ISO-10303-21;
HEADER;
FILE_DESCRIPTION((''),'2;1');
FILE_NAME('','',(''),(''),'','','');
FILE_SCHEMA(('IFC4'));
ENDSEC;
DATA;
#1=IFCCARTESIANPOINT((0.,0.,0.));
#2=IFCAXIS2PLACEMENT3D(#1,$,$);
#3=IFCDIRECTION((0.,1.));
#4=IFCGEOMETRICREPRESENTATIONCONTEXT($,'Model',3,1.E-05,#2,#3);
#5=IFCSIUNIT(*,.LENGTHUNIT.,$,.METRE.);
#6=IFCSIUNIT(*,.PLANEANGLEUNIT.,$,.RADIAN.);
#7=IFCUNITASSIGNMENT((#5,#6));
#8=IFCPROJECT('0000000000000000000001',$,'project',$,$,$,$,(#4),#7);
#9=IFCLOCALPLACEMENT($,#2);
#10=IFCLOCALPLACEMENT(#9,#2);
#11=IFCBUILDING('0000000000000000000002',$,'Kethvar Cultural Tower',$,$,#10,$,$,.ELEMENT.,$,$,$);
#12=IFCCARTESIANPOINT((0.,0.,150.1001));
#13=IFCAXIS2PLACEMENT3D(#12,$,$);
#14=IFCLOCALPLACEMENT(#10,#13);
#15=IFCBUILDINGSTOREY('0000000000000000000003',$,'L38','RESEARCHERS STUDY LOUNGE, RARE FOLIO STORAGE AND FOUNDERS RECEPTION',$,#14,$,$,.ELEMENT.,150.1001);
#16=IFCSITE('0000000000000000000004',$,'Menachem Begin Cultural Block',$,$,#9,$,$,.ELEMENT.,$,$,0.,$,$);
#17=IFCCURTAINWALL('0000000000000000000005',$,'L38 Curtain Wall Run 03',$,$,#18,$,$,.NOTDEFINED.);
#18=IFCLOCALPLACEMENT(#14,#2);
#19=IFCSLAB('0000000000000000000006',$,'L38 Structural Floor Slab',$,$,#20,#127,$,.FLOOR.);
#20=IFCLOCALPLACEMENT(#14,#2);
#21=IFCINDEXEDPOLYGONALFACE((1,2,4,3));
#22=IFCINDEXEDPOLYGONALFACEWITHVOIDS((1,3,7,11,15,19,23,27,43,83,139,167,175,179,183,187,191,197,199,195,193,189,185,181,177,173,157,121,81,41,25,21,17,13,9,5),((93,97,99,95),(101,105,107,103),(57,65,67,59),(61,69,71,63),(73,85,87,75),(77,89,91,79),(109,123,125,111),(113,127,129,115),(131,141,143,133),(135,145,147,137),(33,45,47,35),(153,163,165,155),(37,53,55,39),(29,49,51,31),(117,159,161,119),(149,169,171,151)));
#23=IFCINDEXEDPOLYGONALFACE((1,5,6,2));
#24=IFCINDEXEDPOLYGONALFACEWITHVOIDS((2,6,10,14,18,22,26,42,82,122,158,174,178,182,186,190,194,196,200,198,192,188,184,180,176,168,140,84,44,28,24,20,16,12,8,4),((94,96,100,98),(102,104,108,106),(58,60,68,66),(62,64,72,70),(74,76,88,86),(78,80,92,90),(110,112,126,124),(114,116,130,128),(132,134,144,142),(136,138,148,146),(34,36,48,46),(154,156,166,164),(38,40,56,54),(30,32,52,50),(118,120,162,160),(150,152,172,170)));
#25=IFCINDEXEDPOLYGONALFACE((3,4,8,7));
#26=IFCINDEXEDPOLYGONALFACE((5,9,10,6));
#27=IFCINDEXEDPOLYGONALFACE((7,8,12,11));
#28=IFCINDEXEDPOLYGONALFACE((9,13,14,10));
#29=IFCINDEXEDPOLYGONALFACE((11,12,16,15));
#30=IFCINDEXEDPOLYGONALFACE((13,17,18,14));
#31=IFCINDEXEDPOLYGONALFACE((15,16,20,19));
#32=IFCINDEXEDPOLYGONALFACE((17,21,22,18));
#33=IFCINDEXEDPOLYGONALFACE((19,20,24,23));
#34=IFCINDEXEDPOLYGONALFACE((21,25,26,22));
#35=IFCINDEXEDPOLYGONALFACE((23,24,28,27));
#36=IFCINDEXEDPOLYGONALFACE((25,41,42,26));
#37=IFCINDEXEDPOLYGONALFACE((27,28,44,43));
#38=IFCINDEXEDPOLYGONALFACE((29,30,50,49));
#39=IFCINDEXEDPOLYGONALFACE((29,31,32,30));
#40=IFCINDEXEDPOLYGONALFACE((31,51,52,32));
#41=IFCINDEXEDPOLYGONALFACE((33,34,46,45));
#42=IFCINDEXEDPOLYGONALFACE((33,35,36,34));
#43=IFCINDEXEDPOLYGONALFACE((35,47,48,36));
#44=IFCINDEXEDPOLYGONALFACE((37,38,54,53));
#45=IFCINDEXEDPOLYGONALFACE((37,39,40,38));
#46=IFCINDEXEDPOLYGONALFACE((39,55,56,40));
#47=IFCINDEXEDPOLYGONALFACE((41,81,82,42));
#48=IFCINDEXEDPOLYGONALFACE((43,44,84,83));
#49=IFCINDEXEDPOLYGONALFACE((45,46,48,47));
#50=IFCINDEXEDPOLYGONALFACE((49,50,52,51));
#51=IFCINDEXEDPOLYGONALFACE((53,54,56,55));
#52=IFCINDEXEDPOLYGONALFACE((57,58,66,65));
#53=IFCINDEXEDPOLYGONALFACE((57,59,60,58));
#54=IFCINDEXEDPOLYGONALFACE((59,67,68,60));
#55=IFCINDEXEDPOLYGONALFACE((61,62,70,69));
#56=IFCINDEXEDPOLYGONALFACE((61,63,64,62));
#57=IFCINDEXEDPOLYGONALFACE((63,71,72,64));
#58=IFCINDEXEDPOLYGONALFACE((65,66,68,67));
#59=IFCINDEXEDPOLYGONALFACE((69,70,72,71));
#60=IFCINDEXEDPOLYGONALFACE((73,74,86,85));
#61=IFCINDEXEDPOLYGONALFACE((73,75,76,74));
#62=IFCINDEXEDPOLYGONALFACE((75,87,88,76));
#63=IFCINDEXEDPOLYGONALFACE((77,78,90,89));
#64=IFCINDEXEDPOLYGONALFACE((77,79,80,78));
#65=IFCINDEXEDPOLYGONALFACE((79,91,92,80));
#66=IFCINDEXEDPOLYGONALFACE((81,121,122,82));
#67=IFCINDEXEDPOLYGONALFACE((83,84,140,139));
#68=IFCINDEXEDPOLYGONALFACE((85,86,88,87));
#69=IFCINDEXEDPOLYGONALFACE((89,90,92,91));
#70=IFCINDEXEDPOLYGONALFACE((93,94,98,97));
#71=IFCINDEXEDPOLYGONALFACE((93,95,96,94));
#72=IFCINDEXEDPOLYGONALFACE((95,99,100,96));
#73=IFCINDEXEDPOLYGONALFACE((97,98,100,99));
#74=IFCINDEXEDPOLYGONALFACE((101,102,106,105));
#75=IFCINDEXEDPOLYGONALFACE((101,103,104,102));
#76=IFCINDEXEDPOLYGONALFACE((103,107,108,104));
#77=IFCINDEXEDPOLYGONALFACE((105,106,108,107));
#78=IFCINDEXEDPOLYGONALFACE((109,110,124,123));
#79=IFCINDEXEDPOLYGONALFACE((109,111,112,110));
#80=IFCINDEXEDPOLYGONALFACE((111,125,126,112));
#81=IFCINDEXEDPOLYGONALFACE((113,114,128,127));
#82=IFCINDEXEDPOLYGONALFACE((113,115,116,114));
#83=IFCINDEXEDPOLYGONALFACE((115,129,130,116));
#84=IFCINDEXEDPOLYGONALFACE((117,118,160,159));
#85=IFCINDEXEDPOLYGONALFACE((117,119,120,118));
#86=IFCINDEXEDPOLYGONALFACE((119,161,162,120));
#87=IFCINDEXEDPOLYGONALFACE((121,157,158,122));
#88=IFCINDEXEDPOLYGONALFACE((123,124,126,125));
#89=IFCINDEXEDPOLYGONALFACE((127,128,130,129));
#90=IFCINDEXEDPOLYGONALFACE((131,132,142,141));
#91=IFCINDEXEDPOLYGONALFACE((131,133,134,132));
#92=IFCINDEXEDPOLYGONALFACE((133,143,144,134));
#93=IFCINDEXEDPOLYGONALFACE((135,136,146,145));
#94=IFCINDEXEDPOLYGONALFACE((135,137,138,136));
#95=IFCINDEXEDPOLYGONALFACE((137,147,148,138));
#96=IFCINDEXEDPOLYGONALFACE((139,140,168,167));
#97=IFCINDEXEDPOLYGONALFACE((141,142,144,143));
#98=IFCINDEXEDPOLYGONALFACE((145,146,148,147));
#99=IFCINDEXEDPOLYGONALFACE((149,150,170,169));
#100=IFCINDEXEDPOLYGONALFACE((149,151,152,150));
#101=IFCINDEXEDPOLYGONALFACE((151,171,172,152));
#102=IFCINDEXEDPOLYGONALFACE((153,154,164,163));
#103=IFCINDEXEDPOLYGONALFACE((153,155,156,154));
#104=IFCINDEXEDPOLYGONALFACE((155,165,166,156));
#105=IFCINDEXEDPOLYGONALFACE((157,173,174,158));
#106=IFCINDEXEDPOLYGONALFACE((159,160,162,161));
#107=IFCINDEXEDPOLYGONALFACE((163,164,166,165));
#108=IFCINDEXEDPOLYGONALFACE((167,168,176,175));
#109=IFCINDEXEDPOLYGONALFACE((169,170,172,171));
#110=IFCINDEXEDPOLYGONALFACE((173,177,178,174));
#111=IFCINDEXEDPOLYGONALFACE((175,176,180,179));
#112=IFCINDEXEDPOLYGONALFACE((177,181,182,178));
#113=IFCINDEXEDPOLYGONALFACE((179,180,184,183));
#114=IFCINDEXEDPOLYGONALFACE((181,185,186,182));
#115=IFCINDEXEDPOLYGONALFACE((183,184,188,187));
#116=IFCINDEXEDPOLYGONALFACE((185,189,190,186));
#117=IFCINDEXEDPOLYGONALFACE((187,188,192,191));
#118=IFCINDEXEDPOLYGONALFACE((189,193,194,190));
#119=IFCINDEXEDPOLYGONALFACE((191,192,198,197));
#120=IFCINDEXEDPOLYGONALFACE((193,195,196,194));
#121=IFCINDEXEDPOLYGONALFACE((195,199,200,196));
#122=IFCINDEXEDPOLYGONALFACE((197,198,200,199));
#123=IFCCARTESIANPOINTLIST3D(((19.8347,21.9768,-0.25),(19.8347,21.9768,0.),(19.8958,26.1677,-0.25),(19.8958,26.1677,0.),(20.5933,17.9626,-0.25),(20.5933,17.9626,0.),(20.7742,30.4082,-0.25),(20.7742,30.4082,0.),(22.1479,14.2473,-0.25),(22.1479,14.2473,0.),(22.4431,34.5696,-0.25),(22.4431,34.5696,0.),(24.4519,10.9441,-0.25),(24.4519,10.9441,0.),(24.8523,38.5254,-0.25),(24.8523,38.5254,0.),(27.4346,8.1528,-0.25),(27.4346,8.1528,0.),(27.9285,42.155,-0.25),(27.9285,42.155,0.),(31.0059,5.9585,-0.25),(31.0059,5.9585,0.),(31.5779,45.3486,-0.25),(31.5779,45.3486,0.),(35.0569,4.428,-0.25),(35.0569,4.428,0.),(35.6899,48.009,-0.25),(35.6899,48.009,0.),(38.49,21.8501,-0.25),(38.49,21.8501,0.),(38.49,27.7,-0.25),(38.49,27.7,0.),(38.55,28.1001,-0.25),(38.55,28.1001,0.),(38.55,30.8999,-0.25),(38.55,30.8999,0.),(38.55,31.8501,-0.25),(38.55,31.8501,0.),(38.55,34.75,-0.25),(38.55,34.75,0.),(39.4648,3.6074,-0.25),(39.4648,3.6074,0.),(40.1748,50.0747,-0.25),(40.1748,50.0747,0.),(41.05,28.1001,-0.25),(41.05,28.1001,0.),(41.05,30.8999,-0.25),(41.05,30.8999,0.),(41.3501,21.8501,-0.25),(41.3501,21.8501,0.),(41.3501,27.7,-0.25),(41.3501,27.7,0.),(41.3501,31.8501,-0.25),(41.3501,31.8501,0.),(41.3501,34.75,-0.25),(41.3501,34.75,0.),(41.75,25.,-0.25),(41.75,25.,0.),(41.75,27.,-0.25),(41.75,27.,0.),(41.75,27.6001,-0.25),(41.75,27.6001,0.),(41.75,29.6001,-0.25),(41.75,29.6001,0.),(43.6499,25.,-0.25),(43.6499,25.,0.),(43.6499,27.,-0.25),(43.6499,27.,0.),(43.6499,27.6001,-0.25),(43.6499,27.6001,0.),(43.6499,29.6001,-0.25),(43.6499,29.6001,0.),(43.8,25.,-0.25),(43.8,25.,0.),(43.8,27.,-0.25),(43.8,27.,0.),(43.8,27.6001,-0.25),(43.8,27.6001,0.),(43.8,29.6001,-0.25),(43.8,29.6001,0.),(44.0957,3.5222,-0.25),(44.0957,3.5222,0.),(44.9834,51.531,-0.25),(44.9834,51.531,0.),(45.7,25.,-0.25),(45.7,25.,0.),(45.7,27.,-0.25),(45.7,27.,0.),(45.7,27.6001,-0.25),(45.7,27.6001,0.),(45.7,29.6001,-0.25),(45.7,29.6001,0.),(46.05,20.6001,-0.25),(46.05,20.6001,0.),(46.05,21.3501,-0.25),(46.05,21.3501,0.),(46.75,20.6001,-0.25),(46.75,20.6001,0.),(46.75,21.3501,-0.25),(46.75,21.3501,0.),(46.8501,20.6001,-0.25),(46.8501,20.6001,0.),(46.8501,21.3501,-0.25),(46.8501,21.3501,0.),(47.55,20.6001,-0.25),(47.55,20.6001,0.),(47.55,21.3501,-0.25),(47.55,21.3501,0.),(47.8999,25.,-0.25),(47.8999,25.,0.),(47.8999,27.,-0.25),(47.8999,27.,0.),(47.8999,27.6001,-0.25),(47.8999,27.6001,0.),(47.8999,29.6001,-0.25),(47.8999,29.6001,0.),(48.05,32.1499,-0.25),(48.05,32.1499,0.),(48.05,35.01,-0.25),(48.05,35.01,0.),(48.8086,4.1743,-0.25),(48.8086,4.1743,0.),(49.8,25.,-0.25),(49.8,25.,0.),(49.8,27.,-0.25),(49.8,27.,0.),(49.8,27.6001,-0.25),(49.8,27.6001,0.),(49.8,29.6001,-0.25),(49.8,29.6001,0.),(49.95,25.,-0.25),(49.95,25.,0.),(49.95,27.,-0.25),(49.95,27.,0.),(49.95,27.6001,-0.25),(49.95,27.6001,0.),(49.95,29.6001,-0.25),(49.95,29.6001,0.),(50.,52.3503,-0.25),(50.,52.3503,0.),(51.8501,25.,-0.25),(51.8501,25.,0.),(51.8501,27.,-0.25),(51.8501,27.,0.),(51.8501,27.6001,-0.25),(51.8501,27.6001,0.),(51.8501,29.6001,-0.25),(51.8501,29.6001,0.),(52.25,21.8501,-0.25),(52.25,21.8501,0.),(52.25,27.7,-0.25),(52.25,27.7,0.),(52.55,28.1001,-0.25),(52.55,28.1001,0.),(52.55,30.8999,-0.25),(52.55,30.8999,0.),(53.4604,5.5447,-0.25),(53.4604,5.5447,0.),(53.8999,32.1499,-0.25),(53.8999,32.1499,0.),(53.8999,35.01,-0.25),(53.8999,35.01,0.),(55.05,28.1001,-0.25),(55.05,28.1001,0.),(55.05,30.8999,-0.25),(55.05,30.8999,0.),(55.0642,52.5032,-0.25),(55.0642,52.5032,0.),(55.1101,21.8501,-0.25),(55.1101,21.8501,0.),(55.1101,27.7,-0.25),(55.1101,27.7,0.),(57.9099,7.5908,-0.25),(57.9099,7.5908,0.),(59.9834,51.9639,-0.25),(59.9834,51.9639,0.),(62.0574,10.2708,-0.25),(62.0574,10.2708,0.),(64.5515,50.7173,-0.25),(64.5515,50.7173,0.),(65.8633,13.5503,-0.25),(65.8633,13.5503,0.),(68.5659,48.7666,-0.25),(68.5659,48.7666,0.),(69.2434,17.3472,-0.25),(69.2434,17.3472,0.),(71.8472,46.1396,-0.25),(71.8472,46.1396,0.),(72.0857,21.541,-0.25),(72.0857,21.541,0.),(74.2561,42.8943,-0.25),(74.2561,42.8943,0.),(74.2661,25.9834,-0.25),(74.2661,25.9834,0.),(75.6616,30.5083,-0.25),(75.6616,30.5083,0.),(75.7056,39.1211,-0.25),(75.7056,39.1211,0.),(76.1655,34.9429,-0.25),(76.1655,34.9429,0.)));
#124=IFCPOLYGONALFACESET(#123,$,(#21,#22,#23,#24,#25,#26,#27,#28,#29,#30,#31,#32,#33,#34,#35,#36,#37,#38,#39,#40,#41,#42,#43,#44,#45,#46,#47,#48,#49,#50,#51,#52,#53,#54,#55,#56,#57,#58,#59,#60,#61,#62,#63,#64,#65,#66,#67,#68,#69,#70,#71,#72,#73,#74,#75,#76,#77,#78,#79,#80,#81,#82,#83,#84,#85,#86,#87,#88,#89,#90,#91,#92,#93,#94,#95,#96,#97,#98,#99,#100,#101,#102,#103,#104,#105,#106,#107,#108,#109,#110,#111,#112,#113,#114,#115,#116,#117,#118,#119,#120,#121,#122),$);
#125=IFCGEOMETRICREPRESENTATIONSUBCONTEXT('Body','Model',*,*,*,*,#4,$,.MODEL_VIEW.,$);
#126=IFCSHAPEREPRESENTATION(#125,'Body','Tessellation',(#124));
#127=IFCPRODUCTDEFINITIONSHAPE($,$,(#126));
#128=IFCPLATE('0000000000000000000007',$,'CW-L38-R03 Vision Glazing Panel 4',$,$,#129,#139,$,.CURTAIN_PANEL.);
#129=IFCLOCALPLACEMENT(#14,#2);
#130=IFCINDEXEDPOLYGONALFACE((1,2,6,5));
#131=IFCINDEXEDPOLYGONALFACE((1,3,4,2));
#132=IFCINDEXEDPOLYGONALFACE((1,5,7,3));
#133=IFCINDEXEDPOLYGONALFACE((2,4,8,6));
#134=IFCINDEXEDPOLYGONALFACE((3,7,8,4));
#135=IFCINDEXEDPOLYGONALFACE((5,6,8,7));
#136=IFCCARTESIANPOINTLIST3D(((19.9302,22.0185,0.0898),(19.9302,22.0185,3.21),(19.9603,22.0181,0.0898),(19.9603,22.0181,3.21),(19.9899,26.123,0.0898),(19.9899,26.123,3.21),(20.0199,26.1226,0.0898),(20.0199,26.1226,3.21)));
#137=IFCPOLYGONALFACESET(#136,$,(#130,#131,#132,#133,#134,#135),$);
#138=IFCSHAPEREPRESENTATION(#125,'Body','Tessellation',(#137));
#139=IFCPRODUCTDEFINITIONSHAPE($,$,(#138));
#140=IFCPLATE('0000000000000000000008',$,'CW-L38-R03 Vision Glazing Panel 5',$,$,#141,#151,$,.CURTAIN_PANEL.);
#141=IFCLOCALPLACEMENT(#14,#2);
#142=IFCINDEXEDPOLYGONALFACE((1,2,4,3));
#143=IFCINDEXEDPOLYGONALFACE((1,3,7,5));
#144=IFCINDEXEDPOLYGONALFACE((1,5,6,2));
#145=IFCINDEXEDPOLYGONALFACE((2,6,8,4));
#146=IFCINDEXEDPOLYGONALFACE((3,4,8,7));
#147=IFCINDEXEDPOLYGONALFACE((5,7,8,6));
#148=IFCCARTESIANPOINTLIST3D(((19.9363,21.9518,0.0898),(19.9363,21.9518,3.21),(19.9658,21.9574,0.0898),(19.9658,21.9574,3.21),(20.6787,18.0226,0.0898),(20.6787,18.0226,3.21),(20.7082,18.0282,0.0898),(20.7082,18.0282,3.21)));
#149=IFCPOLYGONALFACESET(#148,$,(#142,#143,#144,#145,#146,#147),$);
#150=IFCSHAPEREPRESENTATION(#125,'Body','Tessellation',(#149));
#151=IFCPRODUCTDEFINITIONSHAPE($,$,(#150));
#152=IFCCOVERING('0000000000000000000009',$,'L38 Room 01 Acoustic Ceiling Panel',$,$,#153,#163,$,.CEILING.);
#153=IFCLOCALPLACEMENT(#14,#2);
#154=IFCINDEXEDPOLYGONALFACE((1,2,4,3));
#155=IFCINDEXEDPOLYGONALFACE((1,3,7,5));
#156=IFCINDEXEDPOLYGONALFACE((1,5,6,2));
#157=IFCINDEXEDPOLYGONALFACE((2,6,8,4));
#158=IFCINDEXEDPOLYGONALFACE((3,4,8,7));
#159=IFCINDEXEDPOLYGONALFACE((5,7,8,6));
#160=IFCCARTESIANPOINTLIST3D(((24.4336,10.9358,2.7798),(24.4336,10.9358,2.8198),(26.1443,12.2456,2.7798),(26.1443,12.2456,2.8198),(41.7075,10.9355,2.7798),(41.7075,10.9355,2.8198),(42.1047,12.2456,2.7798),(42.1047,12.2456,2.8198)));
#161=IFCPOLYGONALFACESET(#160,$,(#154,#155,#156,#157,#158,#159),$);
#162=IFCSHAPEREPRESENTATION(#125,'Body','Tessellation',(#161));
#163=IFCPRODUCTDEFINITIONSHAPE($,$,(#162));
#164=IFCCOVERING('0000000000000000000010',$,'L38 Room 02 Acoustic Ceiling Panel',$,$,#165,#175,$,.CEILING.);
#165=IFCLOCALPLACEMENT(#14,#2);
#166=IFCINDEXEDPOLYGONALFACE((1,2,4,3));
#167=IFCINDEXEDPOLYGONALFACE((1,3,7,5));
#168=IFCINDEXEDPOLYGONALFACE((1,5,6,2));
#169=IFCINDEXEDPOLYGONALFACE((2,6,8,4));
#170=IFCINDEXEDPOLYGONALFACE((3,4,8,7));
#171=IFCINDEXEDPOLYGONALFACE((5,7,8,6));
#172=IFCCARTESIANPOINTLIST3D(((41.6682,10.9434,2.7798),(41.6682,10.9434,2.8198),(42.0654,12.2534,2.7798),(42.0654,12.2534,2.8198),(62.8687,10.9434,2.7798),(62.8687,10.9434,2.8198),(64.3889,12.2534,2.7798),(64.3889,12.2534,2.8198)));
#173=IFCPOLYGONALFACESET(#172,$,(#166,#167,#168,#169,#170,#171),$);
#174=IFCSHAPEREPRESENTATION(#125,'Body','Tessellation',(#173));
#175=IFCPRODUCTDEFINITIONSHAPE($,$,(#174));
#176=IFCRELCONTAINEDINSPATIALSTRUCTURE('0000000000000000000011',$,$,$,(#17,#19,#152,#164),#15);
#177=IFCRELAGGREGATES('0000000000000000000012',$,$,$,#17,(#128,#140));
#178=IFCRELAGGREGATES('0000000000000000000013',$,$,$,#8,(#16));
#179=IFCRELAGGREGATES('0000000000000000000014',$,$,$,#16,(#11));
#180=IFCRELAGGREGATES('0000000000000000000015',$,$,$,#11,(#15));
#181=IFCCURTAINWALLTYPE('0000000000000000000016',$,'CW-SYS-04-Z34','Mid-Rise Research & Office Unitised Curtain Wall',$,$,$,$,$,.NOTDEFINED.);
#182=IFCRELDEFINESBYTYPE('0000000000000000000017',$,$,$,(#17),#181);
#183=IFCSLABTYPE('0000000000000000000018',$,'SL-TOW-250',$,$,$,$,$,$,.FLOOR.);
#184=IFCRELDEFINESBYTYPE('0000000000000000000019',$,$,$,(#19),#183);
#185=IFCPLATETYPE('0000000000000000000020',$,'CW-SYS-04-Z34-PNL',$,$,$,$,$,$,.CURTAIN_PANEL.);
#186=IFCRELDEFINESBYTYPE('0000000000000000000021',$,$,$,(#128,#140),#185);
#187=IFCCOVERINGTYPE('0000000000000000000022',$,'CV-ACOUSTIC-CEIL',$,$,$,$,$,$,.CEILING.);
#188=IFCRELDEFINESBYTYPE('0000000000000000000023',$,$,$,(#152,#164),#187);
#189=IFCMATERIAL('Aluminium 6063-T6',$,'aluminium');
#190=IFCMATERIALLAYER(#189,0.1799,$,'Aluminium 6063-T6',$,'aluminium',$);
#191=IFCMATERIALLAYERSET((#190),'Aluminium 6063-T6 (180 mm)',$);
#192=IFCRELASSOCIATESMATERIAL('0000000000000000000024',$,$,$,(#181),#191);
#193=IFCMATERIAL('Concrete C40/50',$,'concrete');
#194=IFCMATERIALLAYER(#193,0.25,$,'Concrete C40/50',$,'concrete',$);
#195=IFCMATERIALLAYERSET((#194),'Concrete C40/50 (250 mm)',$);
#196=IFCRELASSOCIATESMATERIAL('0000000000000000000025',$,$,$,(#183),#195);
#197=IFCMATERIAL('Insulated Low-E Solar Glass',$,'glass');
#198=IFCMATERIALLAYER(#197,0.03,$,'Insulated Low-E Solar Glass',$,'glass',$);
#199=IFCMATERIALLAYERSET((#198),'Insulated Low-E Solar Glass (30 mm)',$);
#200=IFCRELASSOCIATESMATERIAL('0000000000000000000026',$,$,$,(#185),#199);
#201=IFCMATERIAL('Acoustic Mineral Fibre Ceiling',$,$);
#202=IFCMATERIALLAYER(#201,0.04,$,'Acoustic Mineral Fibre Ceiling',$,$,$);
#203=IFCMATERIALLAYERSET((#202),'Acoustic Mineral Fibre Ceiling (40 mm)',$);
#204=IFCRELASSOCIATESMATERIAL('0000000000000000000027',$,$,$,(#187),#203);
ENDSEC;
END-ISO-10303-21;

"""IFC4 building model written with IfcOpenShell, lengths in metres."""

from ifc_helpers import new_model, si_unit, direction, frame, origin, origin_2d, place, context, subcontext, project, spatial, polyline, rectangle, outline, extrude, source, transform, mapped, material, layer, layer_set, type_object, element, aggregate, save


model = new_model("IFC4")

# Units and contexts
model_context = context("Model", 3, precision=1e-05, world=origin(), true_north=direction((0.0, 1.0)))
body_context = subcontext(model_context, "Body", "Model", "MODEL_VIEW")
ifc_project = project(units=[si_unit("LENGTHUNIT", "METRE"), si_unit("PLANEANGLEUNIT", "RADIAN")], contexts=[model_context])

# Site, building, storey
site_placement = place(None, origin())
site = spatial("IfcSite", under=ifc_project, at=site_placement, Name="Menachem Begin Cultural Block", CompositionType="ELEMENT", RefElevation=0.0)
building_placement = place(site_placement, origin())
building = spatial("IfcBuilding", under=site, at=building_placement, Name="Kethvar Cultural Tower", CompositionType="ELEMENT")
storey_placement = place(building_placement, frame((0.0, 0.0, 150.1001)))
storey = spatial("IfcBuildingStorey", under=building, at=storey_placement, Name="L38", Description="RESEARCHERS STUDY LOUNGE, RARE FOLIO STORAGE AND FOUNDERS RECEPTION", CompositionType="ELEMENT", Elevation=150.1001)

# Curtain wall
ifc_material_1 = material(Name="Aluminium 6063-T6", Category="aluminium")
ifc_layer_1 = layer(ifc_material_1, 0.1799, Name="Aluminium 6063-T6", Category="aluminium")
ifc_layer_set_1 = layer_set([ifc_layer_1], Name="Aluminium 6063-T6 (180 mm)")
curtain_wall_type = type_object("IfcCurtainWallType", Name="CW-SYS-04-Z34", Description="Mid-Rise Research & Office Unitised Curtain Wall", PredefinedType="NOTDEFINED", material=ifc_layer_set_1)
curtain_wall_placement = place(storey_placement, origin())
curtain_wall = element("IfcCurtainWall", 1, at=curtain_wall_placement, inside=storey, type_object=curtain_wall_type, Name="L38 Curtain Wall Run 03", PredefinedType="NOTDEFINED")

# Shared definitions
ifc_material_2 = material(Name="Concrete C40/50", Category="concrete")

# Slab
ifc_layer_2 = layer(ifc_material_2, 0.25, Name="Concrete C40/50", Category="concrete")
ifc_layer_set_2 = layer_set([ifc_layer_2], Name="Concrete C40/50 (250 mm)")
slab_type_1 = type_object("IfcSlabType", Name="SL-TOW-250", PredefinedType="FLOOR", material=ifc_layer_set_2)
slab_1_placement = place(storey_placement, frame((0.0, 0.0, -0.25)))
element("IfcSlab", 2, at=slab_1_placement, inside=storey, type_object=slab_type_1, Name="L38 Structural Floor Slab", PredefinedType="FLOOR", context=body_context, shape_type="SweptSolid", body=[
    extrude(outline(polyline([(74.2561, 42.8943), (71.8472, 46.1396), (68.5659, 48.7666), (64.5515, 50.7173), (59.9834, 51.9639), (55.0642, 52.5032), (50.0, 52.3503), (44.9834, 51.531), (40.1748, 50.0747), (35.6899, 48.009), (31.5779, 45.3486), (27.9285, 42.155), (24.8523, 38.5254), (22.4431, 34.5696), (20.7742, 30.4082), (19.8958, 26.1677), (19.8347, 21.9768), (20.5933, 17.9626), (22.1479, 14.2473), (24.4519, 10.9441), (27.4346, 8.1528), (31.0059, 5.9585), (35.0569, 4.428), (39.4648, 3.6074), (44.0957, 3.5222), (48.8086, 4.1743), (53.4604, 5.5447), (57.9099, 7.5908), (62.0574, 10.2708), (65.8633, 13.5503), (69.2434, 17.3472), (72.0857, 21.541), (74.2661, 25.9834), (75.6616, 30.5083), (76.1655, 34.9429), (75.7056, 39.1211), (74.2561, 42.8943)]), holes=[polyline([(38.49, 21.8501), (38.49, 27.7), (41.3501, 27.7), (41.3501, 21.8501), (38.49, 21.8501)]), polyline([(52.25, 21.8501), (52.25, 27.7), (55.1101, 27.7), (55.1101, 21.8501), (52.25, 21.8501)]), polyline([(53.8999, 32.1499), (48.05, 32.1499), (48.05, 35.01), (53.8999, 35.01), (53.8999, 32.1499)]), polyline([(41.75, 27.0), (43.6499, 27.0), (43.6499, 25.0), (41.75, 25.0), (41.75, 27.0)]), polyline([(43.8, 27.0), (45.7, 27.0), (45.7, 25.0), (43.8, 25.0), (43.8, 27.0)]), polyline([(47.8999, 27.0), (49.8, 27.0), (49.8, 25.0), (47.8999, 25.0), (47.8999, 27.0)]), polyline([(49.95, 27.0), (51.8501, 27.0), (51.8501, 25.0), (49.95, 25.0), (49.95, 27.0)]), polyline([(41.75, 29.6001), (43.6499, 29.6001), (43.6499, 27.6001), (41.75, 27.6001), (41.75, 29.6001)]), polyline([(43.8, 29.6001), (45.7, 29.6001), (45.7, 27.6001), (43.8, 27.6001), (43.8, 29.6001)]), polyline([(47.8999, 29.6001), (49.8, 29.6001), (49.8, 27.6001), (47.8999, 27.6001), (47.8999, 29.6001)]), polyline([(49.95, 29.6001), (51.8501, 29.6001), (51.8501, 27.6001), (49.95, 27.6001), (49.95, 29.6001)]), polyline([(38.55, 30.8999), (41.05, 30.8999), (41.05, 28.1001), (38.55, 28.1001), (38.55, 30.8999)]), polyline([(52.55, 30.8999), (55.05, 30.8999), (55.05, 28.1001), (52.55, 28.1001), (52.55, 30.8999)]), polyline([(38.55, 34.75), (41.3501, 34.75), (41.3501, 31.8501), (38.55, 31.8501), (38.55, 34.75)]), polyline([(46.05, 21.3501), (46.75, 21.3501), (46.75, 20.6001), (46.05, 20.6001), (46.05, 21.3501)]), polyline([(46.8501, 21.3501), (47.55, 21.3501), (47.55, 20.6001), (46.8501, 20.6001), (46.8501, 21.3501)])]), origin(), (0.0, 0.0, 1.0), 0.25),
])

# Plates
ifc_material_3 = material(Name="Insulated Low-E Solar Glass", Category="glass")
ifc_layer_3 = layer(ifc_material_3, 0.03, Name="Insulated Low-E Solar Glass", Category="glass")
ifc_layer_set_3 = layer_set([ifc_layer_3], Name="Insulated Low-E Solar Glass (30 mm)")
plate_type = type_object("IfcPlateType", Name="CW-SYS-04-Z34-PNL", PredefinedType="CURTAIN_PANEL", material=ifc_layer_set_3)
shared_shape_1 = source(origin(), body_context, "Body", "SweptSolid", [
    extrude(rectangle(XDim=4.105, YDim=0.03, at=origin_2d()), origin(), (0.0, 0.0, 1.0), 3.1201),
])
plate_1_placement = place(storey_placement, frame((19.9751, 24.0706, 0.0898), z_axis=(0.0, 0.0, 1.0), x_axis=(-0.014538, -0.999894, 0.0)))
plate_1 = element("IfcPlate", 3, at=plate_1_placement, type_object=plate_type, Name="CW-L38-R03 Vision Glazing Panel 4", PredefinedType="CURTAIN_PANEL", context=body_context, shape_type="MappedRepresentation", body=[
    mapped(shared_shape_1, transform((0.0, 0.0, 0.0), scale=1.0)),
])
shared_shape_2 = source(origin(), body_context, "Body", "SweptSolid", [
    extrude(rectangle(XDim=3.9988, YDim=0.03, at=origin_2d()), origin(), (0.0, 0.0, 1.0), 3.1201),
])
plate_2_placement = place(storey_placement, frame((20.3223, 19.99, 0.0898), z_axis=(0.0, 0.0, 1.0), x_axis=(0.185667, -0.982613, 0.0)))
plate_2 = element("IfcPlate", 4, at=plate_2_placement, type_object=plate_type, Name="CW-L38-R03 Vision Glazing Panel 5", PredefinedType="CURTAIN_PANEL", context=body_context, shape_type="MappedRepresentation", body=[
    mapped(shared_shape_2, transform((0.0, 0.0, 0.0), scale=1.0)),
])
aggregate(curtain_wall, [plate_1, plate_2])

# Coverings
ifc_material_4 = material(Name="Acoustic Mineral Fibre Ceiling")
ifc_layer_4 = layer(ifc_material_4, 0.04, Name="Acoustic Mineral Fibre Ceiling")
ifc_layer_set_4 = layer_set([ifc_layer_4], Name="Acoustic Mineral Fibre Ceiling (40 mm)")
covering_type_1 = type_object("IfcCoveringType", Name="CV-ACOUSTIC-CEIL", PredefinedType="CEILING", material=ifc_layer_set_4)
covering_1_placement = place(storey_placement, frame((0.0, 0.0, 2.7798)))
element("IfcCovering", 5, at=covering_1_placement, inside=storey, type_object=covering_type_1, Name="L38 Room 01 Acoustic Ceiling Panel", PredefinedType="CEILING", context=body_context, shape_type="SweptSolid", body=[
    extrude(outline(polyline([(24.4336, 10.9358), (26.1443, 12.2456), (42.1047, 12.2456), (41.7075, 10.9355), (24.4336, 10.9358)])), origin(), (0.0, 0.0, 1.0), 0.04),
])
covering_2_placement = place(storey_placement, frame((0.0, 0.0, 2.7798)))
element("IfcCovering", 6, at=covering_2_placement, inside=storey, type_object=covering_type_1, Name="L38 Room 02 Acoustic Ceiling Panel", PredefinedType="CEILING", context=body_context, shape_type="SweptSolid", body=[
    extrude(outline(polyline([(42.0654, 12.2534), (64.3889, 12.2534), (62.8687, 10.9434), (41.6682, 10.9434), (42.0654, 12.2534)])), origin(), (0.0, 0.0, 1.0), 0.04),
])

save(model, "model.ifc")
